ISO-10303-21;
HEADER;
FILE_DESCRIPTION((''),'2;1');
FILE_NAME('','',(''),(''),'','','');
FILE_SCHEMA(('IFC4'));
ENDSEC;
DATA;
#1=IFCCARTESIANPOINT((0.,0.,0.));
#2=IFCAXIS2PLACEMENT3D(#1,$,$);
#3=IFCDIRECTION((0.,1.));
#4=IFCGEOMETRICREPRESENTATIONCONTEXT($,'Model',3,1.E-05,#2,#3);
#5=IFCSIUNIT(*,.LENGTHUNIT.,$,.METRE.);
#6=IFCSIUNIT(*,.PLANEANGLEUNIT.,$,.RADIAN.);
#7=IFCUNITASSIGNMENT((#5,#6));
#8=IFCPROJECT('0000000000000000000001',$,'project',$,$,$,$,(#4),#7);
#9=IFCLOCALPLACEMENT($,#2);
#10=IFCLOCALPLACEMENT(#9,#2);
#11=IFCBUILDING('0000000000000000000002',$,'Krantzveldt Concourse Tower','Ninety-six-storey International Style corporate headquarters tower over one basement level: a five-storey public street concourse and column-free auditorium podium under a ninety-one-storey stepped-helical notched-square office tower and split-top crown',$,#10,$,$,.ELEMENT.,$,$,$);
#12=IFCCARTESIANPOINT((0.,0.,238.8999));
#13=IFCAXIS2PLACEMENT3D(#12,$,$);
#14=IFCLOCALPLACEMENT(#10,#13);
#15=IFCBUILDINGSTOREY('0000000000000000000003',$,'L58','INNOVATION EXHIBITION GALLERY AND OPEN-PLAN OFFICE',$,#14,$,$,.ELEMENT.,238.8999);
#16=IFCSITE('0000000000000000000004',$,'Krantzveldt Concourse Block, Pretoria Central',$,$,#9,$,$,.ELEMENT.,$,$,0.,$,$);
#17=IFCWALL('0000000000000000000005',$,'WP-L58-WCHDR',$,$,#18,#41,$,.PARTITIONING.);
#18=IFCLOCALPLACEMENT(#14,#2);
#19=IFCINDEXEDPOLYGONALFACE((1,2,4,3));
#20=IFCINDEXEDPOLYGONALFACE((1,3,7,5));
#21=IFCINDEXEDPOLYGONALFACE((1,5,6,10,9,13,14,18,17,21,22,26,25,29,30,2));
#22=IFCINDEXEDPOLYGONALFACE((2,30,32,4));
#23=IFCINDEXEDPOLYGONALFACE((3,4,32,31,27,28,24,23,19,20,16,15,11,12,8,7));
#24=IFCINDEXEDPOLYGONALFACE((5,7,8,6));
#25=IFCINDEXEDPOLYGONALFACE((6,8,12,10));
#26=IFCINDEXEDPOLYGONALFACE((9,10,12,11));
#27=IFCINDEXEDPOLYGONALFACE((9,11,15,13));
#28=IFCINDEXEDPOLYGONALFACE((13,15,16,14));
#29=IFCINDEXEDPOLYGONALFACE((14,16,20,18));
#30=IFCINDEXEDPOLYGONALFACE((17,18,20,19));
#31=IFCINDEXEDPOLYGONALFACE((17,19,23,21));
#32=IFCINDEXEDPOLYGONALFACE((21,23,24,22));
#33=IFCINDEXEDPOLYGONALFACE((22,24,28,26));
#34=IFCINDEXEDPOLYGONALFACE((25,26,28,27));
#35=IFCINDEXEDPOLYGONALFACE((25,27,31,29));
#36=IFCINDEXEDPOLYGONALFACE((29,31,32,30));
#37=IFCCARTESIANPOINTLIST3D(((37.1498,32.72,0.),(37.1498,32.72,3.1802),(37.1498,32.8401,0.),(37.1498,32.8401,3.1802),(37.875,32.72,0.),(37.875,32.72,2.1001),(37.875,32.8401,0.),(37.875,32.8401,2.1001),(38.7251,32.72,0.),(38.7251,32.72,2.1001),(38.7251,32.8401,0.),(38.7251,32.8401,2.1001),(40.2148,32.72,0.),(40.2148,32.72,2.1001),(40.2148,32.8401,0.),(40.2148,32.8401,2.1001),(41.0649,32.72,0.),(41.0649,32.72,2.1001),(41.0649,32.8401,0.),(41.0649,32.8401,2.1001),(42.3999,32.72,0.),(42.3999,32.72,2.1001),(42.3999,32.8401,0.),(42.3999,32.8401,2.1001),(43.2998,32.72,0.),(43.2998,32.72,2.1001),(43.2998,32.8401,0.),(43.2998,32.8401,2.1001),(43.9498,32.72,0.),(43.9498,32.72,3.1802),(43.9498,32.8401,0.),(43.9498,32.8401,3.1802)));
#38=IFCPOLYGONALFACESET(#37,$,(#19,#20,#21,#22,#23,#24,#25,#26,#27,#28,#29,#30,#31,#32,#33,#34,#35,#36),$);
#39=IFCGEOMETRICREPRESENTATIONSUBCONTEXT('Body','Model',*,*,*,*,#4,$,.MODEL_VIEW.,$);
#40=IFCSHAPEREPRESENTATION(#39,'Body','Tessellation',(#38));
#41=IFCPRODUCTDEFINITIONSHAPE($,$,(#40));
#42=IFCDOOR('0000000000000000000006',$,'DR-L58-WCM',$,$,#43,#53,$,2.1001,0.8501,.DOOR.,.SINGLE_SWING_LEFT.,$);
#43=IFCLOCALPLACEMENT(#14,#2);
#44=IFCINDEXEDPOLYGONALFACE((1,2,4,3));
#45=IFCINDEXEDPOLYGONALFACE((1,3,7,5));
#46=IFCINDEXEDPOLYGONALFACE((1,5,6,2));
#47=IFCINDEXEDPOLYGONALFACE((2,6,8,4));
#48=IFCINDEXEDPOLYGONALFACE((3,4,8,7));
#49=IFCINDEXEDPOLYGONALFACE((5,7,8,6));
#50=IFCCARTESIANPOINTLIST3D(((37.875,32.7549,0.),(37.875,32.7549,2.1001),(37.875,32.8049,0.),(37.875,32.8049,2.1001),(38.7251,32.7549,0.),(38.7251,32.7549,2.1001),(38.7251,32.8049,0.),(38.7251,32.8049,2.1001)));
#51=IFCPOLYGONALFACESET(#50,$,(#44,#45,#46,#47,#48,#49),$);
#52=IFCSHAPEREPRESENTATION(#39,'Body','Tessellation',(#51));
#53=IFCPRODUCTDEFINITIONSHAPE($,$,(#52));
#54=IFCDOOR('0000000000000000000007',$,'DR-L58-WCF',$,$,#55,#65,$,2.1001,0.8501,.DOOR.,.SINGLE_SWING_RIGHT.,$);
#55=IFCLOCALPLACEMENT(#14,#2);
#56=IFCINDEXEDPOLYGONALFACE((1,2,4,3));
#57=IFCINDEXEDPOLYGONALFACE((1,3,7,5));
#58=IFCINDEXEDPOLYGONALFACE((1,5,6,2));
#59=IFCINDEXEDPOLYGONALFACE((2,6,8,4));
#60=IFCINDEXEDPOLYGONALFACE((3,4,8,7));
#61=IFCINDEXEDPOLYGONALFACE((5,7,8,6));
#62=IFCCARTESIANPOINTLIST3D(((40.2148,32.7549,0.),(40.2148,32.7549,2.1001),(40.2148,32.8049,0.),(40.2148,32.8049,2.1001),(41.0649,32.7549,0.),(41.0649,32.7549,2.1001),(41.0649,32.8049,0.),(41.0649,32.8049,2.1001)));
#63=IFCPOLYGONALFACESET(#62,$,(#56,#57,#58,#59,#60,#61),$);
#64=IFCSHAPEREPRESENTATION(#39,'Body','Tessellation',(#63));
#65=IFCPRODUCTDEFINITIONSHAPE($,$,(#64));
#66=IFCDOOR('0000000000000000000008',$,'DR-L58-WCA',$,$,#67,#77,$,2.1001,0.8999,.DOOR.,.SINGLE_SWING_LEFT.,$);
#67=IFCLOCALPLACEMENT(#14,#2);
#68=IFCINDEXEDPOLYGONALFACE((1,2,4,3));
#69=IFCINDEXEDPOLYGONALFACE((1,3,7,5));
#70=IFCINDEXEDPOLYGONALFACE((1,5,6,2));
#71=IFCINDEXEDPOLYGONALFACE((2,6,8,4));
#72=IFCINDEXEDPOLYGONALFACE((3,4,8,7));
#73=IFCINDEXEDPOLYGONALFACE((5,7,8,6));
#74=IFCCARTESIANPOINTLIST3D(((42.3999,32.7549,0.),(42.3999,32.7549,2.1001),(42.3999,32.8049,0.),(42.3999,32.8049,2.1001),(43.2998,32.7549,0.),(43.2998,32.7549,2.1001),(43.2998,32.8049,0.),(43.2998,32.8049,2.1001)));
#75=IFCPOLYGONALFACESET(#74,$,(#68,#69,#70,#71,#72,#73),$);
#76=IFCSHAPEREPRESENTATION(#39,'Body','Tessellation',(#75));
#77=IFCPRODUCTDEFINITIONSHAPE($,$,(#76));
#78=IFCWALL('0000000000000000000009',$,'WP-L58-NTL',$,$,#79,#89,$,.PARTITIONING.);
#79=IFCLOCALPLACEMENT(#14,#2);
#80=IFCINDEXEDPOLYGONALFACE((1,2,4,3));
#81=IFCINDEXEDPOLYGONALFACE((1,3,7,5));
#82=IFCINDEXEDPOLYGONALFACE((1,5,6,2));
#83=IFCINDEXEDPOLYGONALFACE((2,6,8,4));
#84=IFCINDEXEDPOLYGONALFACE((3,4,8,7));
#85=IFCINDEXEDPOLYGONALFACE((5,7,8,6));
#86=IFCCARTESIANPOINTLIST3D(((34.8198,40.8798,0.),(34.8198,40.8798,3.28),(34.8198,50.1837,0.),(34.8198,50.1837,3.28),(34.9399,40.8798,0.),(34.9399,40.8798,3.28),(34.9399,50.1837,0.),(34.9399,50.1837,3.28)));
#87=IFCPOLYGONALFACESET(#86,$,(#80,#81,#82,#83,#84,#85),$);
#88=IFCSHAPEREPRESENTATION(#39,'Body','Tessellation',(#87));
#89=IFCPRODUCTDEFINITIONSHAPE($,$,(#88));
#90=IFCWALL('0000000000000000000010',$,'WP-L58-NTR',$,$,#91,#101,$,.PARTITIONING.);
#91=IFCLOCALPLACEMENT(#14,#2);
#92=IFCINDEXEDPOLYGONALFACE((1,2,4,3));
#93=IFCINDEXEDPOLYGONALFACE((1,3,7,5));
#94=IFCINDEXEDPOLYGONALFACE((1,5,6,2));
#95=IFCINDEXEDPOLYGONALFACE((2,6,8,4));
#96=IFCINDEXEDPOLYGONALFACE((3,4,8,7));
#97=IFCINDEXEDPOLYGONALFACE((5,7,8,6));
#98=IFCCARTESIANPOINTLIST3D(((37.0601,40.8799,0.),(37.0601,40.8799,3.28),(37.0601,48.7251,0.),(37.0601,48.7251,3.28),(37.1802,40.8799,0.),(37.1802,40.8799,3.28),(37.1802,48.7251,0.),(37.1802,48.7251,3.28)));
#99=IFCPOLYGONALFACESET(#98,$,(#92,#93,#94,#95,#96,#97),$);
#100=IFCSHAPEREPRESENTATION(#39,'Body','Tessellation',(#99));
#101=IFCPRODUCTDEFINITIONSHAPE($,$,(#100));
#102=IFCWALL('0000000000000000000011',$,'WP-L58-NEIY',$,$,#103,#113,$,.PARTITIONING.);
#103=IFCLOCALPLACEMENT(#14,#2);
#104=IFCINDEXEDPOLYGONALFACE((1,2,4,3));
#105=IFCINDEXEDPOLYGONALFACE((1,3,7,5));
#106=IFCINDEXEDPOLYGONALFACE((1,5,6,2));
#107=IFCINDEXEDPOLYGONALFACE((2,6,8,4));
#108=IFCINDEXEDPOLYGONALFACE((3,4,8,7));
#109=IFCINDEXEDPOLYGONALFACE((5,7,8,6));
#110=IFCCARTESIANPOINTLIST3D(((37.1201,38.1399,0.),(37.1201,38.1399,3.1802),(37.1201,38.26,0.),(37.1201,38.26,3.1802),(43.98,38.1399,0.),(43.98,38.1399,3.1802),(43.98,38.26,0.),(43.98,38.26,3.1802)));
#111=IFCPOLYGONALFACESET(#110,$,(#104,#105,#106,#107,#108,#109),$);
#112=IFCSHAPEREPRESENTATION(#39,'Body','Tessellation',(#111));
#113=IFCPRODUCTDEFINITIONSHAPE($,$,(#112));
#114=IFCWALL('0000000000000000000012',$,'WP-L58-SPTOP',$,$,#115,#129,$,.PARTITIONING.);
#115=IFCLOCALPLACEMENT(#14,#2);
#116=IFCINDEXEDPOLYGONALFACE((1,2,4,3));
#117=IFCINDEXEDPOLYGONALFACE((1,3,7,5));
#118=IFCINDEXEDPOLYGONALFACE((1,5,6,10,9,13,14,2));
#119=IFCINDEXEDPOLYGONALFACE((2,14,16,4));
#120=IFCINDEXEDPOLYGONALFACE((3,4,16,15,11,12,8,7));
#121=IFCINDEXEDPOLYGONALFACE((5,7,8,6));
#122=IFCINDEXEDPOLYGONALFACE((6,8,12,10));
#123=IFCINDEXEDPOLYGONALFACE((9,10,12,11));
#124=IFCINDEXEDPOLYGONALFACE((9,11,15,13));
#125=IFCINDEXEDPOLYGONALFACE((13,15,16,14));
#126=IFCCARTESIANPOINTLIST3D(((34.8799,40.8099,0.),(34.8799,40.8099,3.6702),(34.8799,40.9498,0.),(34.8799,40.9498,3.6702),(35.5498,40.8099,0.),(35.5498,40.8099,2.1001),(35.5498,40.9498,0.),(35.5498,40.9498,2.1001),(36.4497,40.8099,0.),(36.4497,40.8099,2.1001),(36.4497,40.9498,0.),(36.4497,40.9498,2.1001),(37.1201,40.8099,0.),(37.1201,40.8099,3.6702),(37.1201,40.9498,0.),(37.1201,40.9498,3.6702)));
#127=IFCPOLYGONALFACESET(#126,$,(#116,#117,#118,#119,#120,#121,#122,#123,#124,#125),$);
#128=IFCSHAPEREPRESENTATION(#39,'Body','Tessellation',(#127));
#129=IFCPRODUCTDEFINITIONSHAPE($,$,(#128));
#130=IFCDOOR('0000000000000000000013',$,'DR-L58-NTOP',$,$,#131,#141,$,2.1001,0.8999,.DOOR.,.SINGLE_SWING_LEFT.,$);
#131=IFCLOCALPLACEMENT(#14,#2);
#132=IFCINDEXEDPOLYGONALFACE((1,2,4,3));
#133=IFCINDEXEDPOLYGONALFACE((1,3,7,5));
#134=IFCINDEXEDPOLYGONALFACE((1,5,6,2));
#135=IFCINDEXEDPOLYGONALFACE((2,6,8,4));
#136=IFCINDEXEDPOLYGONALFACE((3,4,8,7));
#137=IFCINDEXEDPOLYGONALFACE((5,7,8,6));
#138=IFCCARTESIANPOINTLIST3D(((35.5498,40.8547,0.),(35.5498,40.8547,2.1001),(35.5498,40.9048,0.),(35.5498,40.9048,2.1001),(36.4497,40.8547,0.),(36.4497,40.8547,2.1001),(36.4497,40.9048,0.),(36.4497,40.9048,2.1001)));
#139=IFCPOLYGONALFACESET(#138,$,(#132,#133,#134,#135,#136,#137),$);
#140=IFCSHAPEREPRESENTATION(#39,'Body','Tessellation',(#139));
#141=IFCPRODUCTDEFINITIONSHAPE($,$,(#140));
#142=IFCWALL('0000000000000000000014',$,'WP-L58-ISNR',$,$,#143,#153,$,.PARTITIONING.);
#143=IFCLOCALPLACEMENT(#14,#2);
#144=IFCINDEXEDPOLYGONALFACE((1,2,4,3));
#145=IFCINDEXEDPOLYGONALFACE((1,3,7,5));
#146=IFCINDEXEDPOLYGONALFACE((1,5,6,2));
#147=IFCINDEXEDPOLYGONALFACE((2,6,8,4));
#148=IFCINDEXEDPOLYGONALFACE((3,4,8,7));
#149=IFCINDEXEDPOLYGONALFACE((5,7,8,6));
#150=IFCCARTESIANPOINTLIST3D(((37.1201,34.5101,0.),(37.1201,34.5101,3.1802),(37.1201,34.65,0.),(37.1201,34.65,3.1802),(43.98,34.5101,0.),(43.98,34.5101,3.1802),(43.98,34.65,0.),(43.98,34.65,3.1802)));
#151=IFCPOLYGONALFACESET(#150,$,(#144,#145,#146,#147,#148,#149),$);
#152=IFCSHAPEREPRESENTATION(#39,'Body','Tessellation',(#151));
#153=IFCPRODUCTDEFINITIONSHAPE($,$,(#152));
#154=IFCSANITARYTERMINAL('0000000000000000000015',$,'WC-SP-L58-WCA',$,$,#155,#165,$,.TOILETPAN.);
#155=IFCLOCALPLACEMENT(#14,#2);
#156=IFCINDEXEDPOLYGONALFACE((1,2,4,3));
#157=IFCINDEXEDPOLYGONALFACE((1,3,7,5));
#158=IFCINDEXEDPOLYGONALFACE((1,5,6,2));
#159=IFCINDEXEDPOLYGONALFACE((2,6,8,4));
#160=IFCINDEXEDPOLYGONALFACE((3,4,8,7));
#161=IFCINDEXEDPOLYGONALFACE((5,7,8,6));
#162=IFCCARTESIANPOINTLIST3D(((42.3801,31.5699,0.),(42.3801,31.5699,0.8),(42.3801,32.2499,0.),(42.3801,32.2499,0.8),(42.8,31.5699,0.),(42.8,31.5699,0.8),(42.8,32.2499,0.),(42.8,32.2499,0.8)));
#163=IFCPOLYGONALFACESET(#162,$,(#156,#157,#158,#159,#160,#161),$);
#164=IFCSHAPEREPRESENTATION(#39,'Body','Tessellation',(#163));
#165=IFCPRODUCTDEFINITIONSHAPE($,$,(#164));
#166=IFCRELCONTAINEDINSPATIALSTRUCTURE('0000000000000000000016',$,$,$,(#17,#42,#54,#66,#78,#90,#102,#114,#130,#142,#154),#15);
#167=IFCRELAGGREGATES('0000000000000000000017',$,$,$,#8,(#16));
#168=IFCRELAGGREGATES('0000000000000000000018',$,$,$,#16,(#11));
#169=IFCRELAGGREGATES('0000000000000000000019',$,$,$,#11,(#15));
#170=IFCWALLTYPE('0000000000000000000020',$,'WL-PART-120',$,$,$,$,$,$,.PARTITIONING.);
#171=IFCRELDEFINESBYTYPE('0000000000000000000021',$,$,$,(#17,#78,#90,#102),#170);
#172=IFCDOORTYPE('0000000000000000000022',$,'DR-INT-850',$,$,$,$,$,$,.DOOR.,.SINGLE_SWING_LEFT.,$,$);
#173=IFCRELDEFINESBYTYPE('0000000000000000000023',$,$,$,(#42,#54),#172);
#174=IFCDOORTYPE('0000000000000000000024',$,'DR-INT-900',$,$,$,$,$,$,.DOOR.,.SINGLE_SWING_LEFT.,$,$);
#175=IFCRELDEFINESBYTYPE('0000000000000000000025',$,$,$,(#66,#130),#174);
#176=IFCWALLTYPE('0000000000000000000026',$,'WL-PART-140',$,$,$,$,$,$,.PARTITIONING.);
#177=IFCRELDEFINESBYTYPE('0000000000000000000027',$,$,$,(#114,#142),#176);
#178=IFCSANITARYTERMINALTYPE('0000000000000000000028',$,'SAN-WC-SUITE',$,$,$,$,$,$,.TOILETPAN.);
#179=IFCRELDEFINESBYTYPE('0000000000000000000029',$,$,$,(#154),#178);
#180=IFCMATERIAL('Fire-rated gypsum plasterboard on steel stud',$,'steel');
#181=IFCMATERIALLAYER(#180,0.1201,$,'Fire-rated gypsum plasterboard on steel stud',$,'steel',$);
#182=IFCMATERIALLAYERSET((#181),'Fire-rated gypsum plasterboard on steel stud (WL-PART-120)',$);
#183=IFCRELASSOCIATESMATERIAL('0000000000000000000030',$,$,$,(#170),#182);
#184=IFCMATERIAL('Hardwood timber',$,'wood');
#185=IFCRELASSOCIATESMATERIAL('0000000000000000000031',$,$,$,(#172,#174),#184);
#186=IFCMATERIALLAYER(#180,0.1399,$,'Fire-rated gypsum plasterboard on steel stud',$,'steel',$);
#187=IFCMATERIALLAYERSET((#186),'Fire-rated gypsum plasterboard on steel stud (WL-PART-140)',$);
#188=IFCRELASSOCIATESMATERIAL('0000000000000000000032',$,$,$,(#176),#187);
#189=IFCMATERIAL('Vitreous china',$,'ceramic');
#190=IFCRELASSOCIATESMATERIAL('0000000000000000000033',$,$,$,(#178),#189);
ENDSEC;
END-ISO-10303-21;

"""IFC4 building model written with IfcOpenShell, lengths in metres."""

from ifc_helpers import new_model, si_unit, direction, frame, frame_2d, origin, origin_2d, place, context, subcontext, project, spatial, rectangle, extrude, source, transform, mapped, material, layer, layer_set, type_object, type_shapes, element, fill, save


model = new_model("IFC4")

# Units and contexts
model_context = context("Model", 3, precision=1e-05, world=origin(), true_north=direction((0.0, 1.0)))
body_context = subcontext(model_context, "Body", "Model", "MODEL_VIEW")
ifc_project = project(units=[si_unit("LENGTHUNIT", "METRE"), si_unit("PLANEANGLEUNIT", "RADIAN")], contexts=[model_context])

# Site, building, storey
site_placement = place(None, origin())
site = spatial("IfcSite", under=ifc_project, at=site_placement, Name="Krantzveldt Concourse Block, Pretoria Central", CompositionType="ELEMENT", RefElevation=0.0)
building_placement = place(site_placement, origin())
building = spatial("IfcBuilding", under=site, at=building_placement, Name="Krantzveldt Concourse Tower", Description="Ninety-six-storey International Style corporate headquarters tower over one basement level: a five-storey public street concourse and column-free auditorium podium under a ninety-one-storey stepped-helical notched-square office tower and split-top crown", CompositionType="ELEMENT")
storey_placement = place(building_placement, frame((0.0, 0.0, 238.8999)))
storey = spatial("IfcBuildingStorey", under=building, at=storey_placement, Name="L58", Description="INNOVATION EXHIBITION GALLERY AND OPEN-PLAN OFFICE", CompositionType="ELEMENT", Elevation=238.8999)

# Wall, openings, doors
ifc_material_1 = material(Name="Fire-rated gypsum plasterboard on steel stud", Category="steel")
ifc_layer_1 = layer(ifc_material_1, 0.1201, Name="Fire-rated gypsum plasterboard on steel stud", Category="steel")
ifc_layer_set_1 = layer_set([ifc_layer_1], Name="Fire-rated gypsum plasterboard on steel stud (WL-PART-120)")
wall_type_1 = type_object("IfcWallType", Name="WL-PART-120", PredefinedType="PARTITIONING", material=ifc_layer_set_1)
wall_1_placement = place(storey_placement, frame((37.1499, 32.78, 0.0), z_axis=(0.0, 0.0, 1.0), x_axis=(1.0, 0.0, 0.0)))
wall_1 = element("IfcWall", 1, at=wall_1_placement, inside=storey, type_object=wall_type_1, Name="WP-L58-WCHDR", PredefinedType="PARTITIONING", context=body_context, shape_type="SweptSolid", body=[
    extrude(rectangle(XDim=6.8, YDim=0.1201, at=frame_2d((3.3999, 0.0))), origin(), (0.0, 0.0, 1.0), 3.1802),
])
opening_1_placement = place(wall_1_placement, frame((0.7251, 0.0, 0.0)))
opening_1 = element("IfcOpeningElement", 2, at=opening_1_placement, cuts=wall_1, PredefinedType="OPENING", context=body_context, shape_type="SweptSolid", body=[
    extrude(rectangle(XDim=0.8501, YDim=2.1001, at=frame_2d((0.425, 1.05))), frame((0.0, 0.0701, 0.0), z_axis=(0.0, -1.0, 0.0), x_axis=(1.0, 0.0, 0.0)), (0.0, 0.0, 1.0), 0.1401),
])
opening_2_placement = place(wall_1_placement, frame((3.0649, 0.0, 0.0)))
opening_2 = element("IfcOpeningElement", 3, at=opening_2_placement, cuts=wall_1, PredefinedType="OPENING", context=body_context, shape_type="SweptSolid", body=[
    extrude(rectangle(XDim=0.8501, YDim=2.1001, at=frame_2d((0.425, 1.05))), frame((0.0, 0.0701, 0.0), z_axis=(0.0, -1.0, 0.0), x_axis=(1.0, 0.0, 0.0)), (0.0, 0.0, 1.0), 0.1401),
])
opening_3_placement = place(wall_1_placement, frame((5.25, 0.0, 0.0)))
opening_3 = element("IfcOpeningElement", 4, at=opening_3_placement, cuts=wall_1, PredefinedType="OPENING", context=body_context, shape_type="SweptSolid", body=[
    extrude(rectangle(XDim=0.8999, YDim=2.1001, at=frame_2d((0.45, 1.05))), frame((0.0, 0.0701, 0.0), z_axis=(0.0, -1.0, 0.0), x_axis=(1.0, 0.0, 0.0)), (0.0, 0.0, 1.0), 0.1401),
])
ifc_material_2 = material(Name="Hardwood timber", Category="wood")
door_type_1 = type_object("IfcDoorType", Name="DR-INT-850", OperationType="SINGLE_SWING_LEFT", PredefinedType="DOOR", material=ifc_material_2)
door_1_placement = place(opening_1_placement, origin())
door_1 = element("IfcDoor", 5, at=door_1_placement, inside=storey, type_object=door_type_1, Name="DR-L58-WCM", OperationType="SINGLE_SWING_LEFT", OverallHeight=2.1001, OverallWidth=0.8501, PredefinedType="DOOR", context=body_context, shape_type="SweptSolid", body=[
    extrude(rectangle(XDim=0.8501, YDim=2.1001, at=frame_2d((0.425, 1.05))), frame((0.0, 0.0249, 0.0), z_axis=(0.0, -1.0, 0.0), x_axis=(1.0, 0.0, 0.0)), (0.0, 0.0, 1.0), 0.05),
])
fill(opening_1, door_1)
door_2_placement = place(opening_2_placement, origin())
door_2 = element("IfcDoor", 6, at=door_2_placement, inside=storey, type_object=door_type_1, Name="DR-L58-WCF", OperationType="SINGLE_SWING_RIGHT", OverallHeight=2.1001, OverallWidth=0.8501, PredefinedType="DOOR", context=body_context, shape_type="SweptSolid", body=[
    extrude(rectangle(XDim=0.8501, YDim=2.1001, at=frame_2d((0.425, 1.05))), frame((0.0, 0.0249, 0.0), z_axis=(0.0, -1.0, 0.0), x_axis=(1.0, 0.0, 0.0)), (0.0, 0.0, 1.0), 0.05),
])
fill(opening_2, door_2)
door_type_2 = type_object("IfcDoorType", Name="DR-INT-900", OperationType="SINGLE_SWING_LEFT", PredefinedType="DOOR", material=ifc_material_2)
door_3_placement = place(opening_3_placement, origin())
door_3 = element("IfcDoor", 7, at=door_3_placement, inside=storey, type_object=door_type_2, Name="DR-L58-WCA", OperationType="SINGLE_SWING_LEFT", OverallHeight=2.1001, OverallWidth=0.8999, PredefinedType="DOOR", context=body_context, shape_type="SweptSolid", body=[
    extrude(rectangle(XDim=0.8999, YDim=2.1001, at=frame_2d((0.45, 1.05))), frame((0.0, 0.0249, 0.0), z_axis=(0.0, -1.0, 0.0), x_axis=(1.0, 0.0, 0.0)), (0.0, 0.0, 1.0), 0.05),
])
fill(opening_3, door_3)

# Walls
wall_2_placement = place(storey_placement, frame((34.8799, 40.8799, 0.0), z_axis=(0.0, 0.0, 1.0), x_axis=(0.0, 1.0, 0.0)))
element("IfcWall", 8, at=wall_2_placement, inside=storey, type_object=wall_type_1, Name="WP-L58-NTL", PredefinedType="PARTITIONING", context=body_context, shape_type="SweptSolid", body=[
    extrude(rectangle(XDim=9.304, YDim=0.1201, at=frame_2d((4.6519, 0.0))), origin(), (0.0, 0.0, 1.0), 3.28),
])
wall_3_placement = place(storey_placement, frame((37.1201, 40.8799, 0.0), z_axis=(0.0, 0.0, 1.0), x_axis=(0.0, 1.0, 0.0)))
element("IfcWall", 9, at=wall_3_placement, inside=storey, type_object=wall_type_1, Name="WP-L58-NTR", PredefinedType="PARTITIONING", context=body_context, shape_type="SweptSolid", body=[
    extrude(rectangle(XDim=7.8452, YDim=0.1201, at=frame_2d((3.9226, 0.0))), origin(), (0.0, 0.0, 1.0), 3.28),
])
wall_4_placement = place(storey_placement, frame((37.1201, 38.2, 0.0), z_axis=(0.0, 0.0, 1.0), x_axis=(1.0, 0.0, 0.0)))
element("IfcWall", 10, at=wall_4_placement, inside=storey, type_object=wall_type_1, Name="WP-L58-NEIY", PredefinedType="PARTITIONING", context=body_context, shape_type="SweptSolid", body=[
    extrude(rectangle(XDim=6.8599, YDim=0.1201, at=frame_2d((3.4299, 0.0))), origin(), (0.0, 0.0, 1.0), 3.1802),
])

# Wall, opening, door
ifc_layer_2 = layer(ifc_material_1, 0.1399, Name="Fire-rated gypsum plasterboard on steel stud", Category="steel")
ifc_layer_set_2 = layer_set([ifc_layer_2], Name="Fire-rated gypsum plasterboard on steel stud (WL-PART-140)")
wall_type_2 = type_object("IfcWallType", Name="WL-PART-140", PredefinedType="PARTITIONING", material=ifc_layer_set_2)
wall_5_placement = place(storey_placement, frame((34.8799, 40.8799, 0.0), z_axis=(0.0, 0.0, 1.0), x_axis=(1.0, 0.0, 0.0)))
wall_5 = element("IfcWall", 11, at=wall_5_placement, inside=storey, type_object=wall_type_2, Name="WP-L58-SPTOP", PredefinedType="PARTITIONING", context=body_context, shape_type="SweptSolid", body=[
    extrude(rectangle(XDim=2.2402, YDim=0.1399, at=frame_2d((1.1201, 0.0))), origin(), (0.0, 0.0, 1.0), 3.6702),
])
opening_4_placement = place(wall_5_placement, frame((0.6699, 0.0, 0.0)))
opening_4 = element("IfcOpeningElement", 12, at=opening_4_placement, cuts=wall_5, PredefinedType="OPENING", context=body_context, shape_type="SweptSolid", body=[
    extrude(rectangle(XDim=0.8999, YDim=2.1001, at=frame_2d((0.45, 1.05))), frame((0.0, 0.0801, 0.0), z_axis=(0.0, -1.0, 0.0), x_axis=(1.0, 0.0, 0.0)), (0.0, 0.0, 1.0), 0.1599),
])
door_4_placement = place(opening_4_placement, origin())
door_4 = element("IfcDoor", 13, at=door_4_placement, inside=storey, type_object=door_type_2, Name="DR-L58-NTOP", OperationType="SINGLE_SWING_LEFT", OverallHeight=2.1001, OverallWidth=0.8999, PredefinedType="DOOR", context=body_context, shape_type="SweptSolid", body=[
    extrude(rectangle(XDim=0.8999, YDim=2.1001, at=frame_2d((0.45, 1.05))), frame((0.0, 0.0249, 0.0), z_axis=(0.0, -1.0, 0.0), x_axis=(1.0, 0.0, 0.0)), (0.0, 0.0, 1.0), 0.05),
])
fill(opening_4, door_4)

# Wall
wall_6_placement = place(storey_placement, frame((37.1201, 34.5801, 0.0), z_axis=(0.0, 0.0, 1.0), x_axis=(1.0, 0.0, 0.0)))
element("IfcWall", 14, at=wall_6_placement, inside=storey, type_object=wall_type_2, Name="WP-L58-ISNR", PredefinedType="PARTITIONING", context=body_context, shape_type="SweptSolid", body=[
    extrude(rectangle(XDim=6.8599, YDim=0.1399, at=frame_2d((3.4299, 0.0))), origin(), (0.0, 0.0, 1.0), 3.1802),
])

# Sanitary terminal
ifc_material_3 = material(Name="Vitreous china", Category="ceramic")
sanitary_terminal_type_1 = type_object("IfcSanitaryTerminalType", Name="SAN-WC-SUITE", PredefinedType="TOILETPAN", material=ifc_material_3)
shared_shape_1 = source(origin(), body_context, "Body", "SweptSolid", [
    extrude(rectangle(XDim=0.4199, YDim=0.6799, at=origin_2d()), origin(), (0.0, 0.0, 1.0), 0.8),
])
type_shapes(sanitary_terminal_type_1, [shared_shape_1])
sanitary_terminal_1_placement = place(storey_placement, frame((42.5901, 31.9099, 0.0), z_axis=(0.0, 0.0, 1.0), x_axis=(1.0, 0.0, 0.0)))
element("IfcSanitaryTerminal", 15, at=sanitary_terminal_1_placement, inside=storey, type_object=sanitary_terminal_type_1, Name="WC-SP-L58-WCA", PredefinedType="TOILETPAN", context=body_context, shape_type="MappedRepresentation", body=[
    mapped(shared_shape_1, transform((0.0, 0.0, 0.0), x_axis=(1.0, 0.0, 0.0), y_axis=(0.0, 1.0, 0.0), z_axis=(0.0, 0.0, 1.0), scale=1.0)),
])

save(model, "model.ifc")
